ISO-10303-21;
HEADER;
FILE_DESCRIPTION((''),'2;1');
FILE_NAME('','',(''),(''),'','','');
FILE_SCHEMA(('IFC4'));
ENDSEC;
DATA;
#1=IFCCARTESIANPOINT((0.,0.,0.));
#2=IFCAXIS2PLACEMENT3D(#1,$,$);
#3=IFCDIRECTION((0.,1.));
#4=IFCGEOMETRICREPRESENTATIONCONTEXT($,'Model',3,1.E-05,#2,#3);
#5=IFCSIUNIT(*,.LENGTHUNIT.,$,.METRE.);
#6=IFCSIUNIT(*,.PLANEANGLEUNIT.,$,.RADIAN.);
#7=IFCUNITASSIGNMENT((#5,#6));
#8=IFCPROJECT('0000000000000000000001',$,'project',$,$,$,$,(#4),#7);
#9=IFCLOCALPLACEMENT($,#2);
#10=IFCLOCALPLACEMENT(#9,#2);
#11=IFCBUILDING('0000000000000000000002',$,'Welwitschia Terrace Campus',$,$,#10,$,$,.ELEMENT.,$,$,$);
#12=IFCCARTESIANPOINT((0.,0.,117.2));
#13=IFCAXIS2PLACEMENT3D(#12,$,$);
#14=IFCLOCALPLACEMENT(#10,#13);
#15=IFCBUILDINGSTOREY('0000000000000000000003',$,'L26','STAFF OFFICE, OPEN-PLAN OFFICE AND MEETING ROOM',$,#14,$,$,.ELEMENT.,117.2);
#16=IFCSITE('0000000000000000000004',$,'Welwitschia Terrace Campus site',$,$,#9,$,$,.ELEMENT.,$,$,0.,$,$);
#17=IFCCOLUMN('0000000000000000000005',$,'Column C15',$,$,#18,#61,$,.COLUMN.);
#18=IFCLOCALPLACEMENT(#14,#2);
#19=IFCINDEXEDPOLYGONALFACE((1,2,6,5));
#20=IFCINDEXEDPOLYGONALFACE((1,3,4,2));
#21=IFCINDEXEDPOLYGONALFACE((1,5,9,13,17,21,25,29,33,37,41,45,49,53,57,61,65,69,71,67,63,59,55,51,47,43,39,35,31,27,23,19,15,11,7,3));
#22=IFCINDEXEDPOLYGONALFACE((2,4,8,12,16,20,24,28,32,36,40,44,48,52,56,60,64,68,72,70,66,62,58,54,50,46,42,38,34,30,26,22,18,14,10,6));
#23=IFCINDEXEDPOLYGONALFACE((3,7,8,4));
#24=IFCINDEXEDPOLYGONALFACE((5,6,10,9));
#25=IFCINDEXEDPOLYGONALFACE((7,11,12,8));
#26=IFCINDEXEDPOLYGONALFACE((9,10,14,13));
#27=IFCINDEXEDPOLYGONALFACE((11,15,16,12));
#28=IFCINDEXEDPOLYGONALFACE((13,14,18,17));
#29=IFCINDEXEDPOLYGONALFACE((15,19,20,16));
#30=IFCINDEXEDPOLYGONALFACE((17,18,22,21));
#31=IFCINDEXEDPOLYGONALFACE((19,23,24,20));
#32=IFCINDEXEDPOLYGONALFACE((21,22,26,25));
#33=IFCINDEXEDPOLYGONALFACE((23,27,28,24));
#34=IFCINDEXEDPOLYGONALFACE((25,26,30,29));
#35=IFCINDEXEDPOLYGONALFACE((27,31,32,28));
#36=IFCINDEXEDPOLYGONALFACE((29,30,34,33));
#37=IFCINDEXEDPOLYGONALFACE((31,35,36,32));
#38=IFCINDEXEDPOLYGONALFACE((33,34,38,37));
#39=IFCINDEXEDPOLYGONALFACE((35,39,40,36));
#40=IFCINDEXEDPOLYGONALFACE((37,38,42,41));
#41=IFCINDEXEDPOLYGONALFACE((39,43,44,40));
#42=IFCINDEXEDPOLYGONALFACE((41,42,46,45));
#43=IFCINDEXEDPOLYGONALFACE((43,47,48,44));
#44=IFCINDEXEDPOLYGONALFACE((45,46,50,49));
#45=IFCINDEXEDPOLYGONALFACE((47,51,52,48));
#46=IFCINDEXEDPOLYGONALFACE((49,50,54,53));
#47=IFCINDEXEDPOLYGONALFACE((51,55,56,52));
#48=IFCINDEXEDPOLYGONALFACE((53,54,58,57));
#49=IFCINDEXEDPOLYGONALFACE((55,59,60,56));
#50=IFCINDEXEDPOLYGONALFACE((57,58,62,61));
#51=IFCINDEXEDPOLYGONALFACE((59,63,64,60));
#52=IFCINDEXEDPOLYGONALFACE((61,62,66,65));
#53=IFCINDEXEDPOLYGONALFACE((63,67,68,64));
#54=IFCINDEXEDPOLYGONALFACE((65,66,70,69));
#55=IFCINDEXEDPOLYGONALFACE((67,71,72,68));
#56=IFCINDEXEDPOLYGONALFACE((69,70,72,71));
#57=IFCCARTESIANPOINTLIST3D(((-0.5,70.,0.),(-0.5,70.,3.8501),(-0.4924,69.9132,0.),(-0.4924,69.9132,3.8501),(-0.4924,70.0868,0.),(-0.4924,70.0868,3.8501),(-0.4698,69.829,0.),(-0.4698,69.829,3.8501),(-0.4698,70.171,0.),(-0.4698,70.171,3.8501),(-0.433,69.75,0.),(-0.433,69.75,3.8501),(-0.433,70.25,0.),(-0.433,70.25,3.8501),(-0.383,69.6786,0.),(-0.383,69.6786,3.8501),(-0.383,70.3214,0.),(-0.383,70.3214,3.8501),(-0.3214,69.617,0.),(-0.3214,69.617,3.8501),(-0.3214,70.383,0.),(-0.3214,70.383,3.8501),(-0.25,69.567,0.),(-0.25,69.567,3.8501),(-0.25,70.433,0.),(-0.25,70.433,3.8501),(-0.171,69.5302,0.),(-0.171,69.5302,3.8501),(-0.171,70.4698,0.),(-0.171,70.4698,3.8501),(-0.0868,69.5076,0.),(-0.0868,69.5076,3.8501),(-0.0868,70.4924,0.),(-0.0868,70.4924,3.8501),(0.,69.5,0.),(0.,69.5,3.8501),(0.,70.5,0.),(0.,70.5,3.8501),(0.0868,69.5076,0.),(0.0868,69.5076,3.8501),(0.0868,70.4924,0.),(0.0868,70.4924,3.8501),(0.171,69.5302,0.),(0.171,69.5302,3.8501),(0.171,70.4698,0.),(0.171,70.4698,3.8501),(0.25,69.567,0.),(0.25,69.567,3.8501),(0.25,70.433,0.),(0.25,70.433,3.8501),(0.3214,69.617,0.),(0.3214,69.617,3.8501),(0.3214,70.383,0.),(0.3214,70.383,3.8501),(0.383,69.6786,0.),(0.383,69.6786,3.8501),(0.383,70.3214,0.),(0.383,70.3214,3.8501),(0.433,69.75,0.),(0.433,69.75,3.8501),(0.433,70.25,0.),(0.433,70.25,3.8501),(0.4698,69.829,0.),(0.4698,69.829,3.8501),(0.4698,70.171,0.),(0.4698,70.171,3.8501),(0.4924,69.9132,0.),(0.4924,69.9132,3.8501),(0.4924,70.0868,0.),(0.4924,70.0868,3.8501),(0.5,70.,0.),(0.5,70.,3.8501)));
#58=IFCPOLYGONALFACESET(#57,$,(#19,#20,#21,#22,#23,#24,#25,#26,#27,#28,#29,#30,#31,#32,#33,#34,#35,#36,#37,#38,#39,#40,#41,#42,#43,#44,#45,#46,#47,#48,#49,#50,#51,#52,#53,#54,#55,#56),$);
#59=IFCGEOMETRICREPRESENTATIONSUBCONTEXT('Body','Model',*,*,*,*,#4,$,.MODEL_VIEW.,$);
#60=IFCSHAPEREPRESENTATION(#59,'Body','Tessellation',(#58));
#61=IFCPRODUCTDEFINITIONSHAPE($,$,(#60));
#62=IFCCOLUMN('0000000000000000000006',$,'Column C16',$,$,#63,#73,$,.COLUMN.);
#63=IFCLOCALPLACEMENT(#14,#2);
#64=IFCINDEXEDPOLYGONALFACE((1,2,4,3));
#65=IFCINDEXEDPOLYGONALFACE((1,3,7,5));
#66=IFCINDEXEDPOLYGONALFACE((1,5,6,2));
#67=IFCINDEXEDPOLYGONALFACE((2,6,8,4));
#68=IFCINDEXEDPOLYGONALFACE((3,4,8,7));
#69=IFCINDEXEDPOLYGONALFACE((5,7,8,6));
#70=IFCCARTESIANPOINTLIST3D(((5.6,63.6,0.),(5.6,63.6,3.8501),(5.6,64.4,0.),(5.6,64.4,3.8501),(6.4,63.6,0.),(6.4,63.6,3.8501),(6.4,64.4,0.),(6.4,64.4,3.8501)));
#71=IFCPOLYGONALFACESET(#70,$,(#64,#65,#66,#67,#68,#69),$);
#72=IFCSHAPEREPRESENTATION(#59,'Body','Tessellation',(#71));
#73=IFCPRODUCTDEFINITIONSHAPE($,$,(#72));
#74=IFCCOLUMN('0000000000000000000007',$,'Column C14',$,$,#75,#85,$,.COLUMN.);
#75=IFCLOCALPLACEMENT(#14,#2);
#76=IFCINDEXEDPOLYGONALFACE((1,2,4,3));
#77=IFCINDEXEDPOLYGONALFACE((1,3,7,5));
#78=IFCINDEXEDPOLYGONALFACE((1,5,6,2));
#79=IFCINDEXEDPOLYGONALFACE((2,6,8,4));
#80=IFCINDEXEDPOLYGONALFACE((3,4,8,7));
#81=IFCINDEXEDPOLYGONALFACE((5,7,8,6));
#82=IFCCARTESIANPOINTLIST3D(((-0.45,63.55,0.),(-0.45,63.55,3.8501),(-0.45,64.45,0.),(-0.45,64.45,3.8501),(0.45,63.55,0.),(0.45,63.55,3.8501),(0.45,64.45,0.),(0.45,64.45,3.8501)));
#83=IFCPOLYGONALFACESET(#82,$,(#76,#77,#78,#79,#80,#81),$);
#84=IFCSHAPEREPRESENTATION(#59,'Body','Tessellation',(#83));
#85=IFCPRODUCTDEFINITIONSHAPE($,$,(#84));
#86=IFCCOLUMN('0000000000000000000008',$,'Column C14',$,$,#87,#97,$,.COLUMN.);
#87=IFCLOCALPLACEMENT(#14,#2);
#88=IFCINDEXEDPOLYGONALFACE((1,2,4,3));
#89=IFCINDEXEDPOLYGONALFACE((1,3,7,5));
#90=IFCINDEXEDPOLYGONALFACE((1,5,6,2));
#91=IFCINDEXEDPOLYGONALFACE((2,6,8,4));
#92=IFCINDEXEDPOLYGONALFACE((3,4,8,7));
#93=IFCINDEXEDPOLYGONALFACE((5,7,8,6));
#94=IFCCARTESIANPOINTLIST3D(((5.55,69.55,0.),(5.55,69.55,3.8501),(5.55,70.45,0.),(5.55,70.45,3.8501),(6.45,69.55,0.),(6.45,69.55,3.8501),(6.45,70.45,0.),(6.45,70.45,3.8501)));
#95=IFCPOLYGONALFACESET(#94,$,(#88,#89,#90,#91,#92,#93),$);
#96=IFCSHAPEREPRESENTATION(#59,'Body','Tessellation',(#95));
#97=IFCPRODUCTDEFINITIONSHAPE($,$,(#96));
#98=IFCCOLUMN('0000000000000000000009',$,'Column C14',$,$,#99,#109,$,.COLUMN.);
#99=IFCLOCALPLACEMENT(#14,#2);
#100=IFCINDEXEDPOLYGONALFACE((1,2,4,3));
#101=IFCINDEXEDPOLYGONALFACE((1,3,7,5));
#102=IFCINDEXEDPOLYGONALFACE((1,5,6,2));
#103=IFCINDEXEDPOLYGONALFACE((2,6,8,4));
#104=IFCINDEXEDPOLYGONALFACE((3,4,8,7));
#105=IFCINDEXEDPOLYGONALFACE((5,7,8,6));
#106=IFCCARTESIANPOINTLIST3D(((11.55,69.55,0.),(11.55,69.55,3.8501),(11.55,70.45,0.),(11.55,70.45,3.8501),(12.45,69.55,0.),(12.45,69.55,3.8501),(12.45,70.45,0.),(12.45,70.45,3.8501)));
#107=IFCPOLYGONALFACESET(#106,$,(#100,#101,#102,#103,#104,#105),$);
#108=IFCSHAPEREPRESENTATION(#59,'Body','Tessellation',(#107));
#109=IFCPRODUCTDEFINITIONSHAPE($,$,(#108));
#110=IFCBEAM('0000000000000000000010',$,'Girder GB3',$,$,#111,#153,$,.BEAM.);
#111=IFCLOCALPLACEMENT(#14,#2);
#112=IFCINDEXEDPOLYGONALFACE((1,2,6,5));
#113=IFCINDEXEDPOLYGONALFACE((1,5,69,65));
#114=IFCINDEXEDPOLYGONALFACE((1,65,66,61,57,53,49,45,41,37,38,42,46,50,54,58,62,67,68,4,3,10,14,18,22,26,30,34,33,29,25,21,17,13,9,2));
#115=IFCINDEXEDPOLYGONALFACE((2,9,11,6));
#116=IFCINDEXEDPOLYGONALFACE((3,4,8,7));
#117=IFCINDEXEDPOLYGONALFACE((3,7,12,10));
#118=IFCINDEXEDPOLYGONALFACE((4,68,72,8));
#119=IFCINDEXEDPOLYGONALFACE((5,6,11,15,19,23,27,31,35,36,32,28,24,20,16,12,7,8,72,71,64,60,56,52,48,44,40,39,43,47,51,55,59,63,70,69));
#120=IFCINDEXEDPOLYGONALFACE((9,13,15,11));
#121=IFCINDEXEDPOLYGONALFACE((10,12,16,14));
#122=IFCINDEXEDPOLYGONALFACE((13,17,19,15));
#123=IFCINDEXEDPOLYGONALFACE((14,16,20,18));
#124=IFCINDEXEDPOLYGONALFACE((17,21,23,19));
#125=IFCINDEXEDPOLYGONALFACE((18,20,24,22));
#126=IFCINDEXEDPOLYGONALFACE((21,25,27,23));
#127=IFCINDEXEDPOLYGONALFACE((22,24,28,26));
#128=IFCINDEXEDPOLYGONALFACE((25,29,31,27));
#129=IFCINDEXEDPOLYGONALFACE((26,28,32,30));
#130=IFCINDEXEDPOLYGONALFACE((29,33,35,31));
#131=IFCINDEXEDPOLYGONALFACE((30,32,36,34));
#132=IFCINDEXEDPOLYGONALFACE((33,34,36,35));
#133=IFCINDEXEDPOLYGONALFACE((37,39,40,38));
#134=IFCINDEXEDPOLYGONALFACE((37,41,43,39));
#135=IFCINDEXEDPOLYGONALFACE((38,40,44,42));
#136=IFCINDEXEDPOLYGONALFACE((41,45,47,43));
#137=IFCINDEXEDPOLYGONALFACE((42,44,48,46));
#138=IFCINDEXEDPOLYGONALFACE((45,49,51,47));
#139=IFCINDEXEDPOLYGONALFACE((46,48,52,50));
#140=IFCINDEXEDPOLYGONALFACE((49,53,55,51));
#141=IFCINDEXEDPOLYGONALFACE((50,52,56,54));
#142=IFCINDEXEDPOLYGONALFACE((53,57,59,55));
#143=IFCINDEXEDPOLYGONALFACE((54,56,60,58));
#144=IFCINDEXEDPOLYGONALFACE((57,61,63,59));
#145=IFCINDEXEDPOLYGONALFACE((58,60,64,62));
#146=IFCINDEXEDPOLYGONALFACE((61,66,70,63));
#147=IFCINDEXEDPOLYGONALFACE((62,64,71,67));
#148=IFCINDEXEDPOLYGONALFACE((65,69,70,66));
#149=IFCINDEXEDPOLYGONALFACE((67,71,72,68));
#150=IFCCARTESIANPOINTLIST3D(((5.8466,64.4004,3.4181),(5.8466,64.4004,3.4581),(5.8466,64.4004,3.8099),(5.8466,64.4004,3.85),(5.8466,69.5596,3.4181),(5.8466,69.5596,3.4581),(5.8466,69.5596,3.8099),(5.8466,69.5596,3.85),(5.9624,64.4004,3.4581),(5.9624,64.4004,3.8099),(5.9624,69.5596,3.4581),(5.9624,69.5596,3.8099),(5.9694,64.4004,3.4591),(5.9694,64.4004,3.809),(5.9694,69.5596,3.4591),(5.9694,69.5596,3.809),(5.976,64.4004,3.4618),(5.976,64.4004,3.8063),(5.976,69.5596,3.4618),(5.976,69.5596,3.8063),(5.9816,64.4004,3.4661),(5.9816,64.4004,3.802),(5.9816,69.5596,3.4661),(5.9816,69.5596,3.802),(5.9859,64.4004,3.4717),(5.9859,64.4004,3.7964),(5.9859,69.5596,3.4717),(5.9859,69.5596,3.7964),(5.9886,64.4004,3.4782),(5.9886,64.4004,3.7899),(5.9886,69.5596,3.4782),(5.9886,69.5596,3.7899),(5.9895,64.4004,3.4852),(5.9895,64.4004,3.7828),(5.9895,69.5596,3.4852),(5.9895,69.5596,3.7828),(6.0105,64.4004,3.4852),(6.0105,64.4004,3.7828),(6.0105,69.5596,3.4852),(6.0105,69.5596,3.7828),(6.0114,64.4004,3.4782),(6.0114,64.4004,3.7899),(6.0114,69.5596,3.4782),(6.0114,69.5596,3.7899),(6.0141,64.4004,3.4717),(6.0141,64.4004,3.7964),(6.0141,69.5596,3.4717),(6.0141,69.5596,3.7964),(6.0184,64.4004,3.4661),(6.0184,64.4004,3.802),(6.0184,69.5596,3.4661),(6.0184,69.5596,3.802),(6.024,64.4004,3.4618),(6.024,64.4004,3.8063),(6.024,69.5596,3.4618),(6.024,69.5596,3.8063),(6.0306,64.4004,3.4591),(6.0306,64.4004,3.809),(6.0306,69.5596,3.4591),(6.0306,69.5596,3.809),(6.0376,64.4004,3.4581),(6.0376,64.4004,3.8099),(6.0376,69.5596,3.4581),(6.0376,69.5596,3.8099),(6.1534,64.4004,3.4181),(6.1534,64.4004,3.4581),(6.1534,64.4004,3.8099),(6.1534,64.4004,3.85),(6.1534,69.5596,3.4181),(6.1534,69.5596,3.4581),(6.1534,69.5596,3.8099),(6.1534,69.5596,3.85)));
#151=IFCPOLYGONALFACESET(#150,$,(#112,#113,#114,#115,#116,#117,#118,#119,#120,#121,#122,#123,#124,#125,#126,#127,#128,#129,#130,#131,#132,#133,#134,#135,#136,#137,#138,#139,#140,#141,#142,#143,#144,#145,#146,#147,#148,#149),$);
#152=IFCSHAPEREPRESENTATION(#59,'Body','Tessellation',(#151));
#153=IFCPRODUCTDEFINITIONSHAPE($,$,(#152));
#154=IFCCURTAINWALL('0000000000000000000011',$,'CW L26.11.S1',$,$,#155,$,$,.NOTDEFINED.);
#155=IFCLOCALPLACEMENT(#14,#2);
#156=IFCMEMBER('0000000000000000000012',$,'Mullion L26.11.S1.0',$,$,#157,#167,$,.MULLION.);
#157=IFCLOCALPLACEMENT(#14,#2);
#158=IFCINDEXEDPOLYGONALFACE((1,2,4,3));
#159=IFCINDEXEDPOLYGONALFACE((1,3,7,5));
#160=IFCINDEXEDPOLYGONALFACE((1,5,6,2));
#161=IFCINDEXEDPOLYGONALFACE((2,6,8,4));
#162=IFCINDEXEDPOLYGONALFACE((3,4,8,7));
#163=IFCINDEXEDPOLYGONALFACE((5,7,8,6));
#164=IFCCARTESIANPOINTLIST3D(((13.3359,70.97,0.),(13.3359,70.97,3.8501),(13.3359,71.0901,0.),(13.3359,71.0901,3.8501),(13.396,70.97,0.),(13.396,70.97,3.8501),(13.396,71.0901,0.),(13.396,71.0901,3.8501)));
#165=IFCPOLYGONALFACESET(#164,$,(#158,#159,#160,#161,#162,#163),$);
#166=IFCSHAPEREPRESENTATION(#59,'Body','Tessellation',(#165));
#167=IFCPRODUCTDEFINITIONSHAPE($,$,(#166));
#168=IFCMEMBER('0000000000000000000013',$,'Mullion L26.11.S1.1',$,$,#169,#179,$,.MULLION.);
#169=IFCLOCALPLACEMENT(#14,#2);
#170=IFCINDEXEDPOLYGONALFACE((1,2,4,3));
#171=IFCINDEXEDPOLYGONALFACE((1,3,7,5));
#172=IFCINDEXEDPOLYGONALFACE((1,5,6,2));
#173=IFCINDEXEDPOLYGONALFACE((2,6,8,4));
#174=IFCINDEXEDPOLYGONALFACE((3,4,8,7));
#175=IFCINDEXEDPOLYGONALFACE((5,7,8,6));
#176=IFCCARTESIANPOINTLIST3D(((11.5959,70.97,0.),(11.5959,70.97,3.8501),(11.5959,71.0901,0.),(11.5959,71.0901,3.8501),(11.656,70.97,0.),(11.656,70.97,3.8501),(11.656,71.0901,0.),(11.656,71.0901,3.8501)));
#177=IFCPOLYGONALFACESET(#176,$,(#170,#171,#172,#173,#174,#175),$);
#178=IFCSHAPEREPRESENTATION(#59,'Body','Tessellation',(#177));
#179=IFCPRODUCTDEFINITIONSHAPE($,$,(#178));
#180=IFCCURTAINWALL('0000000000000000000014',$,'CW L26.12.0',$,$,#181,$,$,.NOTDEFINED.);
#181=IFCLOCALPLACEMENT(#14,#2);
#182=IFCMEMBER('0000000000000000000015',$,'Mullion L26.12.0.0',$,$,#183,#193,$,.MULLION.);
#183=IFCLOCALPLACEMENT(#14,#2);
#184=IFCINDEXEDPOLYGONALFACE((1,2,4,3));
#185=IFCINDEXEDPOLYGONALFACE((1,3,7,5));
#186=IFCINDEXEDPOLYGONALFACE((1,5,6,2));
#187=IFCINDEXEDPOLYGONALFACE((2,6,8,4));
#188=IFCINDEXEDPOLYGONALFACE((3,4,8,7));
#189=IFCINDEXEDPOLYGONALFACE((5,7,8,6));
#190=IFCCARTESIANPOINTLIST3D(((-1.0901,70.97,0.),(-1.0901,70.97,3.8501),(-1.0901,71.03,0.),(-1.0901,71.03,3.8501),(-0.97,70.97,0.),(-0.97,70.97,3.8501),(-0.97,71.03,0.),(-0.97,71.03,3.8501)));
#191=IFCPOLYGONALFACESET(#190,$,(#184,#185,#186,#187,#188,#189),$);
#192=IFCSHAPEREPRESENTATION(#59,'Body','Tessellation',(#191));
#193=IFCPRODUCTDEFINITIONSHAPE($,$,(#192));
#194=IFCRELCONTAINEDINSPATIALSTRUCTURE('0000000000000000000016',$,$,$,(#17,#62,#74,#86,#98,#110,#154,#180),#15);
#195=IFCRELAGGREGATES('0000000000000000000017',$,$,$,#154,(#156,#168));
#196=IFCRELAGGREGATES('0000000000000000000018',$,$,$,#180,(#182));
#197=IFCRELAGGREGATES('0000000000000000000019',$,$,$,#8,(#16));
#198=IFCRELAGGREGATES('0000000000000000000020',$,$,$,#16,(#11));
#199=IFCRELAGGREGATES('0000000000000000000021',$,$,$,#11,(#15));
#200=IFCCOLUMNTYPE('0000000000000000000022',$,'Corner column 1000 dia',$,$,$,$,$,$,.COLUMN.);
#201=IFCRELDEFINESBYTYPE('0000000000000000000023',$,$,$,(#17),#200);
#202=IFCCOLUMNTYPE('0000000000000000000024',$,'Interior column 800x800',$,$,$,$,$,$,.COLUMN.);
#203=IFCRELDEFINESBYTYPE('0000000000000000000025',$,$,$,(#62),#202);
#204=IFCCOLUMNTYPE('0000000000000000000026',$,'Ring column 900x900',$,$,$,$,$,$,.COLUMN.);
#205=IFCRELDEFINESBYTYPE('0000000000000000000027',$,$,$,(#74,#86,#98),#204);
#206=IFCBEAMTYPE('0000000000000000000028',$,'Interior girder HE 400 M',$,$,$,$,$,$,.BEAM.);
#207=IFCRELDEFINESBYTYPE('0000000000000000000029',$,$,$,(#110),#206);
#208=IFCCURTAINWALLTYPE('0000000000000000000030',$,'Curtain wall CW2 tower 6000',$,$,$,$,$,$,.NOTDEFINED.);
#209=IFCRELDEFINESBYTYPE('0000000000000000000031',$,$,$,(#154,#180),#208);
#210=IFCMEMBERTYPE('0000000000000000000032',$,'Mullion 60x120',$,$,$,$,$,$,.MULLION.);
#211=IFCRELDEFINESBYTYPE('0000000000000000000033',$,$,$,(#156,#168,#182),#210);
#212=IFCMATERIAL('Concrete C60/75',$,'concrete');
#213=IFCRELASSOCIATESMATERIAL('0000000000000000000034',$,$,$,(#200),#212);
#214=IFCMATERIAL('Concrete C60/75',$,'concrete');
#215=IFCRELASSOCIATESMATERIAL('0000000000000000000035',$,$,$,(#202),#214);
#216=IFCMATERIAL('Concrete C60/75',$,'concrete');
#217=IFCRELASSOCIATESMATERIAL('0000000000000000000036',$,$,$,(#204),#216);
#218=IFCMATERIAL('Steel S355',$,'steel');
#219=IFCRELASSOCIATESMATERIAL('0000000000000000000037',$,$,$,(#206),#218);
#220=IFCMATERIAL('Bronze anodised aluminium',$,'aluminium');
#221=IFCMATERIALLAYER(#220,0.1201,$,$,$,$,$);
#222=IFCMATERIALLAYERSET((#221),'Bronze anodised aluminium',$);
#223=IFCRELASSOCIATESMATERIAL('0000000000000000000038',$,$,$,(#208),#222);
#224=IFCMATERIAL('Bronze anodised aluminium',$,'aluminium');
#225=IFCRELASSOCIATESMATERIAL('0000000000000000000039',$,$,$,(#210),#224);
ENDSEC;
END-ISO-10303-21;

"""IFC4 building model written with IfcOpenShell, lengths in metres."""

from ifc_helpers import new_model, si_unit, direction, frame, origin, origin_2d, place, context, subcontext, project, spatial, rectangle, circle, i_section, extrude, material, layer, layer_set, material_profile, profile_set, type_object, element, aggregate, save


model = new_model("IFC4")

# Units and contexts
model_context = context("Model", 3, precision=1e-05, world=origin(), true_north=direction((0.0, 1.0)))
body_context = subcontext(model_context, "Body", "Model", "MODEL_VIEW")
ifc_project = project(units=[si_unit("LENGTHUNIT", "METRE"), si_unit("PLANEANGLEUNIT", "RADIAN")], contexts=[model_context])

# Site, building, storey
site_placement = place(None, origin())
site = spatial("IfcSite", under=ifc_project, at=site_placement, Name="Welwitschia Terrace Campus site", CompositionType="ELEMENT", RefElevation=0.0)
building_placement = place(site_placement, origin())
building = spatial("IfcBuilding", under=site, at=building_placement, Name="Welwitschia Terrace Campus", CompositionType="ELEMENT")
storey_placement = place(building_placement, frame((0.0, 0.0, 117.2)))
storey = spatial("IfcBuildingStorey", under=building, at=storey_placement, Name="L26", Description="STAFF OFFICE, OPEN-PLAN OFFICE AND MEETING ROOM", CompositionType="ELEMENT", Elevation=117.2)

# Columns
ifc_material_1 = material(Name="Concrete C60/75", Category="concrete")
ifc_material_profile_1 = material_profile(ifc_material_1, circle(Radius=0.5, at=origin_2d()))
ifc_profile_set_1 = profile_set([ifc_material_profile_1], Name="Concrete C60/75")
column_type_1 = type_object("IfcColumnType", Name="Corner column 1000 dia", PredefinedType="COLUMN", material=ifc_profile_set_1)
column_1_placement = place(storey_placement, frame((0.0, 70.0, 0.0), z_axis=(0.0, 0.0, 1.0), x_axis=(1.0, 0.0, 0.0)))
element("IfcColumn", 1, at=column_1_placement, inside=storey, type_object=column_type_1, Name="Column C15", PredefinedType="COLUMN", context=body_context, shape_type="SweptSolid", body=[
    extrude(circle(Radius=0.5, at=origin_2d()), origin(), (0.0, 0.0, 1.0), 3.8501),
])
ifc_material_2 = material(Name="Concrete C60/75", Category="concrete")
ifc_material_profile_2 = material_profile(ifc_material_2, rectangle(XDim=0.8, YDim=0.8, at=origin_2d()))
ifc_profile_set_2 = profile_set([ifc_material_profile_2], Name="Concrete C60/75")
column_type_2 = type_object("IfcColumnType", Name="Interior column 800x800", PredefinedType="COLUMN", material=ifc_profile_set_2)
column_2_placement = place(storey_placement, frame((6.0, 64.0, 0.0), z_axis=(0.0, 0.0, 1.0), x_axis=(1.0, 0.0, 0.0)))
element("IfcColumn", 2, at=column_2_placement, inside=storey, type_object=column_type_2, Name="Column C16", PredefinedType="COLUMN", context=body_context, shape_type="SweptSolid", body=[
    extrude(rectangle(XDim=0.8, YDim=0.8, at=origin_2d()), origin(), (0.0, 0.0, 1.0), 3.8501),
])
ifc_material_3 = material(Name="Concrete C60/75", Category="concrete")
ifc_material_profile_3 = material_profile(ifc_material_3, rectangle(XDim=0.8999, YDim=0.8999, at=origin_2d()))
ifc_profile_set_3 = profile_set([ifc_material_profile_3], Name="Concrete C60/75")
column_type_3 = type_object("IfcColumnType", Name="Ring column 900x900", PredefinedType="COLUMN", material=ifc_profile_set_3)
for number, where, z_axis, x_axis, name in (
    (3, (0.0, 64.0, 0.0), (0.0, 0.0, 1.0), (1.0, 0.0, 0.0), "Column C14"),
    (4, (6.0, 70.0, 0.0), (0.0, 0.0, 1.0), (1.0, 0.0, 0.0), "Column C14"),
    (5, (12.0, 70.0, 0.0), (0.0, 0.0, 1.0), (1.0, 0.0, 0.0), "Column C14"),
):
    element("IfcColumn", number, at=place(storey_placement, frame(where, z_axis=z_axis, x_axis=x_axis)), inside=storey, type_object=column_type_3, Name=name, PredefinedType="COLUMN", context=body_context, shape_type="SweptSolid", body=[
        extrude(rectangle(XDim=0.8999, YDim=0.8999, at=origin_2d()), origin(), (0.0, 0.0, 1.0), 3.8501),
    ])

# Beam
ifc_material_4 = material(Name="Steel S355", Category="steel")
ifc_material_profile_4 = material_profile(ifc_material_4, i_section(OverallWidth=0.3069, OverallDepth=0.4319, WebThickness=0.021, FlangeThickness=0.04, FilletRadius=0.0271, at=origin_2d()))
ifc_profile_set_4 = profile_set([ifc_material_profile_4], Name="Steel S355")
beam_type_1 = type_object("IfcBeamType", Name="Interior girder HE 400 M", PredefinedType="BEAM", material=ifc_profile_set_4)
beam_1_placement = place(storey_placement, frame((6.0, 64.4004, 3.634), z_axis=(0.0, 1.0, 0.0), x_axis=(-1.0, 0.0, 0.0)))
element("IfcBeam", 6, at=beam_1_placement, inside=storey, type_object=beam_type_1, Name="Girder GB3", PredefinedType="BEAM", context=body_context, shape_type="SweptSolid", body=[
    extrude(i_section(OverallWidth=0.3069, OverallDepth=0.4319, WebThickness=0.021, FlangeThickness=0.04, FilletRadius=0.0271, at=origin_2d()), origin(), (0.0, 0.0, 1.0), 5.1592),
])

# Curtain walls, members
ifc_material_5 = material(Name="Bronze anodised aluminium", Category="aluminium")
ifc_layer_1 = layer(ifc_material_5, 0.1201)
ifc_layer_set_1 = layer_set([ifc_layer_1], Name="Bronze anodised aluminium")
curtain_wall_type = type_object("IfcCurtainWallType", Name="Curtain wall CW2 tower 6000", PredefinedType="NOTDEFINED", material=ifc_layer_set_1)
curtain_wall_1_placement = place(storey_placement, origin())
curtain_wall_1 = element("IfcCurtainWall", 7, at=curtain_wall_1_placement, inside=storey, type_object=curtain_wall_type, Name="CW L26.11.S1", PredefinedType="NOTDEFINED")
ifc_material_6 = material(Name="Bronze anodised aluminium", Category="aluminium")
ifc_material_profile_5 = material_profile(ifc_material_6, rectangle(XDim=0.1201, YDim=0.0601, at=origin_2d()))
ifc_profile_set_5 = profile_set([ifc_material_profile_5], Name="Bronze anodised aluminium")
member_type_1 = type_object("IfcMemberType", Name="Mullion 60x120", PredefinedType="MULLION", material=ifc_profile_set_5)
member_1_placement = place(storey_placement, frame((13.366, 71.03, 0.0), z_axis=(0.0, 0.0, 1.0), x_axis=(0.0, -1.0, 0.0)))
member_1 = element("IfcMember", 8, at=member_1_placement, type_object=member_type_1, Name="Mullion L26.11.S1.0", PredefinedType="MULLION", context=body_context, shape_type="SweptSolid", body=[
    extrude(rectangle(XDim=0.1201, YDim=0.0601, at=origin_2d()), origin(), (0.0, 0.0, 1.0), 3.8501),
])
member_2_placement = place(storey_placement, frame((11.626, 71.03, 0.0), z_axis=(0.0, 0.0, 1.0), x_axis=(0.0, -1.0, 0.0)))
member_2 = element("IfcMember", 9, at=member_2_placement, type_object=member_type_1, Name="Mullion L26.11.S1.1", PredefinedType="MULLION", context=body_context, shape_type="SweptSolid", body=[
    extrude(rectangle(XDim=0.1201, YDim=0.0601, at=origin_2d()), origin(), (0.0, 0.0, 1.0), 3.8501),
])
curtain_wall_2_placement = place(storey_placement, origin())
curtain_wall_2 = element("IfcCurtainWall", 10, at=curtain_wall_2_placement, inside=storey, type_object=curtain_wall_type, Name="CW L26.12.0", PredefinedType="NOTDEFINED")
member_3_placement = place(storey_placement, frame((-1.03, 71.0, 0.0), z_axis=(0.0, 0.0, 1.0), x_axis=(1.0, 0.0, 0.0)))
member_3 = element("IfcMember", 11, at=member_3_placement, type_object=member_type_1, Name="Mullion L26.12.0.0", PredefinedType="MULLION", context=body_context, shape_type="SweptSolid", body=[
    extrude(rectangle(XDim=0.1201, YDim=0.0601, at=origin_2d()), origin(), (0.0, 0.0, 1.0), 3.8501),
])

aggregate(curtain_wall_1, [member_1, member_2])
aggregate(curtain_wall_2, [member_3])

save(model, "model.ifc")
